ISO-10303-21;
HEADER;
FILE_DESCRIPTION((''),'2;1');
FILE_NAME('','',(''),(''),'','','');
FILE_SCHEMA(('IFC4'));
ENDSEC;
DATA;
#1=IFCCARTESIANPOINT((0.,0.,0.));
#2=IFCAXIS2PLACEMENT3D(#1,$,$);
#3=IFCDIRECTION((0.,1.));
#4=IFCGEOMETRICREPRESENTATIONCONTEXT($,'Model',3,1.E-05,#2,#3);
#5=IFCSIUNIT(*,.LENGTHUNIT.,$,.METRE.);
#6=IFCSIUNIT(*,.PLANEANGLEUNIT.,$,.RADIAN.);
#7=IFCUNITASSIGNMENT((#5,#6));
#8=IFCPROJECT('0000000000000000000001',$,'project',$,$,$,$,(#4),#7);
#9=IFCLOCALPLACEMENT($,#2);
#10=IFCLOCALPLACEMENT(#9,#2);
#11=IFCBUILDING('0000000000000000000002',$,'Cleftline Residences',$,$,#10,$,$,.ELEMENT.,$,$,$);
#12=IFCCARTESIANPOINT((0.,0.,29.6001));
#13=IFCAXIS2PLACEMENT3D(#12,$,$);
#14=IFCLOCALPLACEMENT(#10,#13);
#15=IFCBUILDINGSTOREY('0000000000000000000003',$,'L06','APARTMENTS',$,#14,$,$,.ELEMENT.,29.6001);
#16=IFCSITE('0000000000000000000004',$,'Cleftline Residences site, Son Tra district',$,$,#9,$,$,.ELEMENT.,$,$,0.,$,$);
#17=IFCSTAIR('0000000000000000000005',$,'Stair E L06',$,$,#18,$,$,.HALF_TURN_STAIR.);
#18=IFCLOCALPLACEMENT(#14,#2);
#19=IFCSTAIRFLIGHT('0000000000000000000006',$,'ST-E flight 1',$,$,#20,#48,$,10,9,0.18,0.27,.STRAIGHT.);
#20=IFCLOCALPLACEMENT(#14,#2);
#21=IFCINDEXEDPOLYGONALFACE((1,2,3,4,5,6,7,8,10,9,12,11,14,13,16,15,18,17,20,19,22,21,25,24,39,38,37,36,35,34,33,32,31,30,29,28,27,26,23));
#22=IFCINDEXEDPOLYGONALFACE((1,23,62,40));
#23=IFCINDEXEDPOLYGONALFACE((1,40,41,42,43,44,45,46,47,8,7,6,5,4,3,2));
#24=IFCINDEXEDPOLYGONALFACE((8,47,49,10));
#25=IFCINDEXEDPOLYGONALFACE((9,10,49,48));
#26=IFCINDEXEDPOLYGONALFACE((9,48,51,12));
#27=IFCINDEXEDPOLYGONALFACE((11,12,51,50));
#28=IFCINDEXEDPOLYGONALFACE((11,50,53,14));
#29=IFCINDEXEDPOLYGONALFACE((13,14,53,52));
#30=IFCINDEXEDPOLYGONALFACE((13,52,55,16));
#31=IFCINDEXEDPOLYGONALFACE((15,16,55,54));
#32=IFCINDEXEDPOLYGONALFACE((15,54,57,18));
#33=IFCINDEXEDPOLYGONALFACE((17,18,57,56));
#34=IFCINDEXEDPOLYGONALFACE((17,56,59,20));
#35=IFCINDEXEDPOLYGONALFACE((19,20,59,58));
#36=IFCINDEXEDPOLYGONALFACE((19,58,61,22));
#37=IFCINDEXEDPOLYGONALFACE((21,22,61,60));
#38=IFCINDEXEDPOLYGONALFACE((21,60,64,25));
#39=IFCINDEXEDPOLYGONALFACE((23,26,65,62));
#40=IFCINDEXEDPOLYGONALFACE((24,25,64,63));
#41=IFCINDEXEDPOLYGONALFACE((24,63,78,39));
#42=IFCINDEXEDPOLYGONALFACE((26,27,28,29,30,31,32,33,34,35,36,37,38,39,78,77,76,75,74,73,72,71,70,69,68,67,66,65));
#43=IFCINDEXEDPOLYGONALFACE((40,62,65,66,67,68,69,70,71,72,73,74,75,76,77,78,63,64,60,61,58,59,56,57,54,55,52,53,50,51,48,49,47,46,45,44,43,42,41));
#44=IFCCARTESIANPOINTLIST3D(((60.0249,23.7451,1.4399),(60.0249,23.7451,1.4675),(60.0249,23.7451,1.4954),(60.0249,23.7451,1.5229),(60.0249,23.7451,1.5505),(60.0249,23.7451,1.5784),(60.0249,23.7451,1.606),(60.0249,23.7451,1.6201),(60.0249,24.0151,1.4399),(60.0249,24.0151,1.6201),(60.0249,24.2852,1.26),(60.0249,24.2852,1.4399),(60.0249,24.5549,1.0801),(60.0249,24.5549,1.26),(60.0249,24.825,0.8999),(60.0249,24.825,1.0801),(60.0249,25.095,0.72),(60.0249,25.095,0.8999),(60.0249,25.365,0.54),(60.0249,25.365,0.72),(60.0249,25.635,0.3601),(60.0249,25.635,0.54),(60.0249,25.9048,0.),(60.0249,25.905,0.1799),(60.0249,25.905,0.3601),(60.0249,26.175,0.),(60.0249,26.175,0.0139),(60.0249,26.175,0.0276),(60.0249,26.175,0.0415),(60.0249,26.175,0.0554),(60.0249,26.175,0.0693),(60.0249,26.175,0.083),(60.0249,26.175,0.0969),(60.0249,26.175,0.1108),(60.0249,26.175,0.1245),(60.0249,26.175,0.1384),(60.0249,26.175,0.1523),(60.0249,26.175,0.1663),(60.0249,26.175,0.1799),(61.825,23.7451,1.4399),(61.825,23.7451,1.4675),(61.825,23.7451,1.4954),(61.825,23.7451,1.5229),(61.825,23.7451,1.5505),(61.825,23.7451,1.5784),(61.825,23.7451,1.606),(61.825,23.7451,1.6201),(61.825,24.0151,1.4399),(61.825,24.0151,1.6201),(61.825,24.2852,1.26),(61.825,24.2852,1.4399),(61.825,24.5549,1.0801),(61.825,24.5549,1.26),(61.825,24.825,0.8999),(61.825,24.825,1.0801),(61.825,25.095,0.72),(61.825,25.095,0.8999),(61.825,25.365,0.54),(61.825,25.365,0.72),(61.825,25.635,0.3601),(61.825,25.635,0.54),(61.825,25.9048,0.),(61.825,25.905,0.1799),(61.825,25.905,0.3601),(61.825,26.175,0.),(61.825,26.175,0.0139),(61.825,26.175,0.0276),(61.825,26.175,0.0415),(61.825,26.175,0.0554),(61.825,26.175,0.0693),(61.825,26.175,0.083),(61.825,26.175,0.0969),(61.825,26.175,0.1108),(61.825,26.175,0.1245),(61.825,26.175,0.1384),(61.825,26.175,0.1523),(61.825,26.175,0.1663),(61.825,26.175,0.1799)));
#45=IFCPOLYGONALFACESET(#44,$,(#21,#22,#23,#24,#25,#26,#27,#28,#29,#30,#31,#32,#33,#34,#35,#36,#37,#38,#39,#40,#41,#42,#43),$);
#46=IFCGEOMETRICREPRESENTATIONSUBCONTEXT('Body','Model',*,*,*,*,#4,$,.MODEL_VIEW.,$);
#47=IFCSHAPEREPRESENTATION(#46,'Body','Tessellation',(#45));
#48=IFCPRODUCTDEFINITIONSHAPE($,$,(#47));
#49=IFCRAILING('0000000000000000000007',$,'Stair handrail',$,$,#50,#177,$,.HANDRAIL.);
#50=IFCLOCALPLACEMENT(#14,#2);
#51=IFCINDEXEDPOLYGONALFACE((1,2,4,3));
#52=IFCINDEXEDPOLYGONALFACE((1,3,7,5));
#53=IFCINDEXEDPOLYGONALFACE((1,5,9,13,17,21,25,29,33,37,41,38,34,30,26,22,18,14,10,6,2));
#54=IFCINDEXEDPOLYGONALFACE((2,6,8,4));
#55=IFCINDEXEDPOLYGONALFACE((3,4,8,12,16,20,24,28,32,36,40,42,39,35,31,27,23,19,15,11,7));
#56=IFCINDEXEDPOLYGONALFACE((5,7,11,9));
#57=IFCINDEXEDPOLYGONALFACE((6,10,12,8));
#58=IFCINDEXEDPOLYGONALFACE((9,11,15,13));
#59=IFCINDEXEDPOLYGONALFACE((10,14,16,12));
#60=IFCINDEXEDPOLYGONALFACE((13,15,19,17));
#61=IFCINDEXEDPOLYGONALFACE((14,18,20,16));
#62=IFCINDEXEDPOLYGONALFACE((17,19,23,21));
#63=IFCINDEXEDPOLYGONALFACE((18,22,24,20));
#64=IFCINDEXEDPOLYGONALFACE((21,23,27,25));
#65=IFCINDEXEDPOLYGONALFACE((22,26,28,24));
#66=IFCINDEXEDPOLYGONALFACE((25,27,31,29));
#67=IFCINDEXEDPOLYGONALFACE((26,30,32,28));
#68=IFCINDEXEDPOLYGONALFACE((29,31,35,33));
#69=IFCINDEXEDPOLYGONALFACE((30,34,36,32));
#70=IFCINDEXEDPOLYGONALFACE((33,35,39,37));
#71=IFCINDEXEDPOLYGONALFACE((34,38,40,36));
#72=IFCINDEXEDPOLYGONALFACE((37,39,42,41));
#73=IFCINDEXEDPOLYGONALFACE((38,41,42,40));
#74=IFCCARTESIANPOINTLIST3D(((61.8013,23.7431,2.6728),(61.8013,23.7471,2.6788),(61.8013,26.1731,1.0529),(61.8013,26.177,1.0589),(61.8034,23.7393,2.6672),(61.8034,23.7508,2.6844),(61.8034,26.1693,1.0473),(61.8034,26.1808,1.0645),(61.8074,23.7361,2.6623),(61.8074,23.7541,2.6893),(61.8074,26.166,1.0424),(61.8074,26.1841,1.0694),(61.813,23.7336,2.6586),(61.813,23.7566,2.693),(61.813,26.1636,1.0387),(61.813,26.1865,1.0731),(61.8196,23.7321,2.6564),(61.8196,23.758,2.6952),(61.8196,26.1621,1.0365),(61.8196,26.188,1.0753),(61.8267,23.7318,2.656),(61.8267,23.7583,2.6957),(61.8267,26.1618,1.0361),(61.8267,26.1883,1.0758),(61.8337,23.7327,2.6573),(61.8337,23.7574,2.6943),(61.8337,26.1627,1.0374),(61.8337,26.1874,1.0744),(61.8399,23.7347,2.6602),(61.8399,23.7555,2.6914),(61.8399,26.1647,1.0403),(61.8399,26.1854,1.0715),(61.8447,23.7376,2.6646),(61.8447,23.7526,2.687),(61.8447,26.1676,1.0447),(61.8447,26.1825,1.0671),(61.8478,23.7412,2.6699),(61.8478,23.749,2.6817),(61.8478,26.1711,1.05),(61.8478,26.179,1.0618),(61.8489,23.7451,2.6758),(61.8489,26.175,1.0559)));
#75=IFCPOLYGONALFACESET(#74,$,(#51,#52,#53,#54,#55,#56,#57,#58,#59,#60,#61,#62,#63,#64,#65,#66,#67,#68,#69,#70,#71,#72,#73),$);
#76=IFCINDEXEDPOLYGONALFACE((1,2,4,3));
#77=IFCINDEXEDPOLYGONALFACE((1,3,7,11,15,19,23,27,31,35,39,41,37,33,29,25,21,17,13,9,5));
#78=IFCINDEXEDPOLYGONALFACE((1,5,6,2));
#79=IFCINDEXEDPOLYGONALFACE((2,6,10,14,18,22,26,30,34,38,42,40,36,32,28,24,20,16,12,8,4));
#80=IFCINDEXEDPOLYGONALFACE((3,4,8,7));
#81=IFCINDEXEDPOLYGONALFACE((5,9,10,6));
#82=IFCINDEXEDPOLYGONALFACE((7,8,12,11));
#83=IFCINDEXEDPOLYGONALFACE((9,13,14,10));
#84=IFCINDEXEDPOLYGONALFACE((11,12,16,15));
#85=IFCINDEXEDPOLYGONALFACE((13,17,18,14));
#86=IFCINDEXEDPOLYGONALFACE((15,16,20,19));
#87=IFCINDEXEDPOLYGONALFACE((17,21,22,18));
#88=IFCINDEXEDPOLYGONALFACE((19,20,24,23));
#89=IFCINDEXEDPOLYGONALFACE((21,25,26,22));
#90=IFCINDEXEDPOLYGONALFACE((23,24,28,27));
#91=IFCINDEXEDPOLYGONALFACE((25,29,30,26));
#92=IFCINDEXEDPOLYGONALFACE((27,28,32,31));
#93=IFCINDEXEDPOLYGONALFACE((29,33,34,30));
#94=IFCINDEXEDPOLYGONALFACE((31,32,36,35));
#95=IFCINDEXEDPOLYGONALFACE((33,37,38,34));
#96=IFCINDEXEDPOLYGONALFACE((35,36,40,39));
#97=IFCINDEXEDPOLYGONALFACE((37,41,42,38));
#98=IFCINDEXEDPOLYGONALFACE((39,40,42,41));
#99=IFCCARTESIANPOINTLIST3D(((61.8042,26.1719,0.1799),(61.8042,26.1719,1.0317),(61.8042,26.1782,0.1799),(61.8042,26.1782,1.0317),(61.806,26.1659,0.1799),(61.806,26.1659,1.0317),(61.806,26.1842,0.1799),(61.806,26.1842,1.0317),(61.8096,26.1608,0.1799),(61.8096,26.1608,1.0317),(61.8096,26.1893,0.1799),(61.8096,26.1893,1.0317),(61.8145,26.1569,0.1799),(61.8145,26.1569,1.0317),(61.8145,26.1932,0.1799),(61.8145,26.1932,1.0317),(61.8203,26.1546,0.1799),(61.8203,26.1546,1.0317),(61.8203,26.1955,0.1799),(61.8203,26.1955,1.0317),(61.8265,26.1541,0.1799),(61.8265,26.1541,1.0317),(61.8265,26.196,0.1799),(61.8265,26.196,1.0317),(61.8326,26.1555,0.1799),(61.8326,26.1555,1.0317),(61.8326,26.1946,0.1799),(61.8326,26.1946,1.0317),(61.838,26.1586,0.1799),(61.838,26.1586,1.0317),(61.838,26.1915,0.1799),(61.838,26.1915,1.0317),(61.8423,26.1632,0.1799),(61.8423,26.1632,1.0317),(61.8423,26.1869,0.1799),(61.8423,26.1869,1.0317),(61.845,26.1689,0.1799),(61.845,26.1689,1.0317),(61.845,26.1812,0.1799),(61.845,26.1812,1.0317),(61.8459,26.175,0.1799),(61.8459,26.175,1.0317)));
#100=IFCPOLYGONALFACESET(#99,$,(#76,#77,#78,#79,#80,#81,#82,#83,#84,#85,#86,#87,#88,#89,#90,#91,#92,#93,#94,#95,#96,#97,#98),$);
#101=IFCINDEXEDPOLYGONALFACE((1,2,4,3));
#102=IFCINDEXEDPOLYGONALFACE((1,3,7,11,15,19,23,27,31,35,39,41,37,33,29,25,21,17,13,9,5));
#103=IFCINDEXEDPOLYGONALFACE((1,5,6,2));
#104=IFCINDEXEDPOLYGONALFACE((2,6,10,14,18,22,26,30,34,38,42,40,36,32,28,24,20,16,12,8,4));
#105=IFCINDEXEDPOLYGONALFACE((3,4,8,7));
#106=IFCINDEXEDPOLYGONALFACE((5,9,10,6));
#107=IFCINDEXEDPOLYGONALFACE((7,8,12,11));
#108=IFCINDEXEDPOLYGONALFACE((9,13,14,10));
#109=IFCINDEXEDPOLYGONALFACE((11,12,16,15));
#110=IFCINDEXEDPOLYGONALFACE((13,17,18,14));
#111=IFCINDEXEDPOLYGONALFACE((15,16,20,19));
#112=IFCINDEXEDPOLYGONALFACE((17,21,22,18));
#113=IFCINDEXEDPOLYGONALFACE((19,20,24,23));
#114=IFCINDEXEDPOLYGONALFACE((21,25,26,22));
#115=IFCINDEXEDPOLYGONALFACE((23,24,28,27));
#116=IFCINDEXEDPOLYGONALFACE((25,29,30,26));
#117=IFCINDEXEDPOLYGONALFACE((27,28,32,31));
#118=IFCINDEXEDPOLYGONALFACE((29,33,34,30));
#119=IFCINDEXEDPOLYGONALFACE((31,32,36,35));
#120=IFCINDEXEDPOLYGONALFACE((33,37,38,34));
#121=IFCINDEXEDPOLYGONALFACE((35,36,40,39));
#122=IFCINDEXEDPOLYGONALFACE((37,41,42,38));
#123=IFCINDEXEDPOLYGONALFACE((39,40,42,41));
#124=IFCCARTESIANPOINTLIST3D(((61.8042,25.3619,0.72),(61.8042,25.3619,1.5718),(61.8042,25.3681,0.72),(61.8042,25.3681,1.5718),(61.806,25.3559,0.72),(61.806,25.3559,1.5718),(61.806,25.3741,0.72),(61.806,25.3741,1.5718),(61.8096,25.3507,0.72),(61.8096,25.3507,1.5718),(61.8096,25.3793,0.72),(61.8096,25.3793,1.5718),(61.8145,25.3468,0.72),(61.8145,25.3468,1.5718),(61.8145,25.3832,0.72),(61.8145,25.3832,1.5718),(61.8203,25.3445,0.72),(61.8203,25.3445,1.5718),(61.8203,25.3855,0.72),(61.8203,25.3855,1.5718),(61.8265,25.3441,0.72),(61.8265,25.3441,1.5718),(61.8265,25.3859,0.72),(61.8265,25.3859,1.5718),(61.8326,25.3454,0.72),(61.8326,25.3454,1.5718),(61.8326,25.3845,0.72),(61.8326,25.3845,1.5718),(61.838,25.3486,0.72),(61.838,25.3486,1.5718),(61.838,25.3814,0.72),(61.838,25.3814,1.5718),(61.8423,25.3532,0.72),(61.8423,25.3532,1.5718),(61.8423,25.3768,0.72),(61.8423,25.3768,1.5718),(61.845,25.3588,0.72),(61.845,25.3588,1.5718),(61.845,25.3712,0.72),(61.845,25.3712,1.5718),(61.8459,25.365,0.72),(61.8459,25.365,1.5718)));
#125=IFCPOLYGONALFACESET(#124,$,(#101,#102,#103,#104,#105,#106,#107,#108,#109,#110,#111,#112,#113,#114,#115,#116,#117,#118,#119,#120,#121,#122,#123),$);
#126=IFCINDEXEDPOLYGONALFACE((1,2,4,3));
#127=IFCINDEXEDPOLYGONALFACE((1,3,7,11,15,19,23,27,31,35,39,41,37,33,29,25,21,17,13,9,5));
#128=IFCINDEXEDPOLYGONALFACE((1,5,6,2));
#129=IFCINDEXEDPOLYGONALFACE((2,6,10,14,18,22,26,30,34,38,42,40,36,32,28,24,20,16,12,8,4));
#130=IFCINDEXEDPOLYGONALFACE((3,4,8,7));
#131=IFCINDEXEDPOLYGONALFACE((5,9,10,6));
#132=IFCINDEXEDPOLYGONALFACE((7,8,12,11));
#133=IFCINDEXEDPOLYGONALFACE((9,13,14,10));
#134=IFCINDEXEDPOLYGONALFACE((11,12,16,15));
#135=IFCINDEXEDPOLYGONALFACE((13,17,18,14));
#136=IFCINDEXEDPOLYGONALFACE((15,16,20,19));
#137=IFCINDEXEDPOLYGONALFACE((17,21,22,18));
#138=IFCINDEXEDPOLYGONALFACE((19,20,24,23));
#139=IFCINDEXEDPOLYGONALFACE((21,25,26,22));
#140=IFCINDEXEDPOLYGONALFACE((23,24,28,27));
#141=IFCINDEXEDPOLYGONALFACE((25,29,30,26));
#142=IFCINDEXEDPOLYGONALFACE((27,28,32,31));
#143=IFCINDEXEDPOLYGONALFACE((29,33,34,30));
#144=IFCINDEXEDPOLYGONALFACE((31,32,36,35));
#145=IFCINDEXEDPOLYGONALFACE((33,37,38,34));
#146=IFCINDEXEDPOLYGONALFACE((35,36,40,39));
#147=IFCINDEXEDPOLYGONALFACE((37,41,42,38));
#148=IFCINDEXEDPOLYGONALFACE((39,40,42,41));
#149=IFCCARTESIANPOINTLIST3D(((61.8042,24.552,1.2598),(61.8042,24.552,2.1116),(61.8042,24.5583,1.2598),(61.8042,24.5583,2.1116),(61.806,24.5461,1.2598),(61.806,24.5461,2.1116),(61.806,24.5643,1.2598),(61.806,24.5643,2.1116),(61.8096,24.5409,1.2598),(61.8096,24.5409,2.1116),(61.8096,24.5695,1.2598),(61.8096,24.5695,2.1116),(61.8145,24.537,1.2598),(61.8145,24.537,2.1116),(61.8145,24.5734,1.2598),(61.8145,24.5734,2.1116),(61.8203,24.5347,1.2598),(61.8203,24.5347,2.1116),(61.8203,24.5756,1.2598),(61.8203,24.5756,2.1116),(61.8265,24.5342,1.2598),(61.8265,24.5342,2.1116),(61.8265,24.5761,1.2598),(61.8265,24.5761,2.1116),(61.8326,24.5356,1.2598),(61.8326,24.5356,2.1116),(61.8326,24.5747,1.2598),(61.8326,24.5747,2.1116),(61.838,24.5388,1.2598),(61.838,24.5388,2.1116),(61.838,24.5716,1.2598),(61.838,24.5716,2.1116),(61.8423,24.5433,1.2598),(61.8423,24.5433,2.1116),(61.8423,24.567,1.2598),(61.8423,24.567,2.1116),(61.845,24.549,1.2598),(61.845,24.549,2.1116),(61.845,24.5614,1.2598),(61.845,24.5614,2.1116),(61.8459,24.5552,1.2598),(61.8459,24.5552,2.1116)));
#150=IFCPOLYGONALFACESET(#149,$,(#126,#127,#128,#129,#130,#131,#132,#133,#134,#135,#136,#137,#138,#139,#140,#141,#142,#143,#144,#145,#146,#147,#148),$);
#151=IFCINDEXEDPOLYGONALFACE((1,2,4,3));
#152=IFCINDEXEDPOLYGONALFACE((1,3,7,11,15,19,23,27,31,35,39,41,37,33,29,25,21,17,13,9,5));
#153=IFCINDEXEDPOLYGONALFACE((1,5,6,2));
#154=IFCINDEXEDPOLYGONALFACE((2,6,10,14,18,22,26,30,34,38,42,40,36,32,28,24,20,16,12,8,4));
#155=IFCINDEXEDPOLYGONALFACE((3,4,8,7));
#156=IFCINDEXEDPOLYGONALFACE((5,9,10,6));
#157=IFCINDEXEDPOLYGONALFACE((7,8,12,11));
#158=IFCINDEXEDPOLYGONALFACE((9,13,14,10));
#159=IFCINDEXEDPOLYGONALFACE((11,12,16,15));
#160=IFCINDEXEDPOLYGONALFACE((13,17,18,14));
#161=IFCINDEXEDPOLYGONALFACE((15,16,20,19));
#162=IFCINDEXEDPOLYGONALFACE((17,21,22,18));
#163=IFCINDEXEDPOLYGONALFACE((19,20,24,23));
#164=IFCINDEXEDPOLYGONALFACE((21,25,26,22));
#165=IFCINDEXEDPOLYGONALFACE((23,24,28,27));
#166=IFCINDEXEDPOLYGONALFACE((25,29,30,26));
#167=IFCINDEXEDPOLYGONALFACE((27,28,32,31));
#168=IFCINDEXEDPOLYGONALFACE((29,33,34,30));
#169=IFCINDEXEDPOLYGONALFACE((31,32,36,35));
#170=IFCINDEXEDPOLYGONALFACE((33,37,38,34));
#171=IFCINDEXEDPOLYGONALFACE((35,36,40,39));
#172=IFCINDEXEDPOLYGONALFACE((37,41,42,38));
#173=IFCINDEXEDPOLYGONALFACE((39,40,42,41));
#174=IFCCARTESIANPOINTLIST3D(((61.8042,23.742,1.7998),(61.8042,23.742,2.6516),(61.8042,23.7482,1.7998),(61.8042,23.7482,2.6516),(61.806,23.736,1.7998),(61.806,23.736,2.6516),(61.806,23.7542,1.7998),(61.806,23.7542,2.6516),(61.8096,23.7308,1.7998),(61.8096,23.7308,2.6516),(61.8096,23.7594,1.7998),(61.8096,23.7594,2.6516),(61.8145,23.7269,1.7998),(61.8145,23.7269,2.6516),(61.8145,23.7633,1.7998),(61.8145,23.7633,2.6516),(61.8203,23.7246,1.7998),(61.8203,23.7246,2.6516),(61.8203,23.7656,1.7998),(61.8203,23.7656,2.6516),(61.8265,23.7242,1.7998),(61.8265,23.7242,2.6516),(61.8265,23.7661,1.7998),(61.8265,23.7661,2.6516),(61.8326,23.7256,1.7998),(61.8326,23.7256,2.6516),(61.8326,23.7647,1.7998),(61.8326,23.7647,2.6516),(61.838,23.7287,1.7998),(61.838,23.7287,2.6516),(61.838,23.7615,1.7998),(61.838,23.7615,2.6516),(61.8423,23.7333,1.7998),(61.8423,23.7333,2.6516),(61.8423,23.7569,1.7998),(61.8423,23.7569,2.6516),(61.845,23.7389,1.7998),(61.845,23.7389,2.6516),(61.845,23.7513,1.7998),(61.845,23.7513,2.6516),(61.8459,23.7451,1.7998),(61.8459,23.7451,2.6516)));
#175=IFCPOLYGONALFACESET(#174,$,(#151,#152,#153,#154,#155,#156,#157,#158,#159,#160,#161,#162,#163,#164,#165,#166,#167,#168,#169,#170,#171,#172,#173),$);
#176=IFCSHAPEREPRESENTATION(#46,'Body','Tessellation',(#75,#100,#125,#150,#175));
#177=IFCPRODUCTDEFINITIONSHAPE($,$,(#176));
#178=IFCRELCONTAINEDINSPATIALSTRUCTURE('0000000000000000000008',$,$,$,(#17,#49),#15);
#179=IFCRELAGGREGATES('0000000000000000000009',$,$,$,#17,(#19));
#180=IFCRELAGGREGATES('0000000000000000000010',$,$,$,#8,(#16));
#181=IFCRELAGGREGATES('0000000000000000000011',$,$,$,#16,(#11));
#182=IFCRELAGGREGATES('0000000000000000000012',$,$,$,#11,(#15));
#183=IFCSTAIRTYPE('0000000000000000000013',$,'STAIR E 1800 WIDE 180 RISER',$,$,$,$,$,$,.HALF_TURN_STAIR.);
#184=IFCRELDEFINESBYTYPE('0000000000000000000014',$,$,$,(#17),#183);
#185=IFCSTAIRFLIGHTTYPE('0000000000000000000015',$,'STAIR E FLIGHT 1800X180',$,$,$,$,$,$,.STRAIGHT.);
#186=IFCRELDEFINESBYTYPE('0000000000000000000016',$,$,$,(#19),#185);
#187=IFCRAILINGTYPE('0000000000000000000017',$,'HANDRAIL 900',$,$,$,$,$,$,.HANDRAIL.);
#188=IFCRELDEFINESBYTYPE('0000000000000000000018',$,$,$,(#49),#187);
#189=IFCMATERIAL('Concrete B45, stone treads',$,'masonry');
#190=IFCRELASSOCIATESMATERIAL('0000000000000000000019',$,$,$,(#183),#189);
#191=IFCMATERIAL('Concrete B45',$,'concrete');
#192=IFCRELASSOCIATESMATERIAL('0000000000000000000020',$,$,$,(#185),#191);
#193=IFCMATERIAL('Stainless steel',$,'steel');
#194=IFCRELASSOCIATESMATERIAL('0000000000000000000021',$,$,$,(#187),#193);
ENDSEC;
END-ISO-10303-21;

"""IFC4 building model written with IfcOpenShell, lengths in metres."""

from ifc_helpers import new_model, si_unit, direction, frame, origin, origin_2d, place, context, subcontext, project, spatial, polyline, circle, outline, extrude, material, type_object, element, aggregate, save


model = new_model("IFC4")

# Units and contexts
model_context = context("Model", 3, precision=1e-05, world=origin(), true_north=direction((0.0, 1.0)))
body_context = subcontext(model_context, "Body", "Model", "MODEL_VIEW")
ifc_project = project(units=[si_unit("LENGTHUNIT", "METRE"), si_unit("PLANEANGLEUNIT", "RADIAN")], contexts=[model_context])

# Site, building, storey
site_placement = place(None, origin())
site = spatial("IfcSite", under=ifc_project, at=site_placement, Name="Cleftline Residences site, Son Tra district", CompositionType="ELEMENT", RefElevation=0.0)
building_placement = place(site_placement, origin())
building = spatial("IfcBuilding", under=site, at=building_placement, Name="Cleftline Residences", CompositionType="ELEMENT")
storey_placement = place(building_placement, frame((0.0, 0.0, 29.6001)))
storey = spatial("IfcBuildingStorey", under=building, at=storey_placement, Name="L06", Description="APARTMENTS", CompositionType="ELEMENT", Elevation=29.6001)

# Stair, stair flight
ifc_material_1 = material(Name="Concrete B45, stone treads", Category="masonry")
stair_type = type_object("IfcStairType", Name="STAIR E 1800 WIDE 180 RISER", PredefinedType="HALF_TURN_STAIR", material=ifc_material_1)
stair_placement = place(storey_placement, origin())
stair = element("IfcStair", 1, at=stair_placement, inside=storey, type_object=stair_type, Name="Stair E L06", PredefinedType="HALF_TURN_STAIR")
ifc_material_2 = material(Name="Concrete B45", Category="concrete")
stair_flight_type = type_object("IfcStairFlightType", Name="STAIR E FLIGHT 1800X180", PredefinedType="STRAIGHT", material=ifc_material_2)
stair_flight_placement = place(storey_placement, frame((60.925, 26.175, 0.0), z_axis=(0.0, 0.0, 1.0), x_axis=(0.0, -1.0, 0.0)))
stair_flight = element("IfcStairFlight", 2, at=stair_flight_placement, type_object=stair_flight_type, Name="ST-E flight 1", NumberOfRisers=10, NumberOfTreads=9, PredefinedType="STRAIGHT", RiserHeight=0.18, TreadLength=0.27, context=body_context, shape_type="SweptSolid", body=[
    extrude(outline(polyline([(0.0, 0.0), (0.0, 0.0139), (0.0, 0.0276), (0.0, 0.0415), (0.0, 0.0554), (0.0, 0.0693), (0.0, 0.083), (0.0, 0.0969), (0.0, 0.1108), (0.0, 0.1245), (0.0, 0.1384), (0.0, 0.1523), (0.0, 0.1663), (0.0, 0.1799), (0.27, 0.1799), (0.27, 0.3601), (0.54, 0.3601), (0.54, 0.54), (0.8101, 0.54), (0.8101, 0.72), (1.0801, 0.72), (1.0801, 0.8999), (1.3501, 0.8999), (1.3501, 1.0801), (1.6201, 1.0801), (1.6201, 1.26), (1.8899, 1.26), (1.8899, 1.4399), (2.1599, 1.4399), (2.1599, 1.6201), (2.4299, 1.6201), (2.4299, 1.8), (2.4299, 1.7722), (2.4299, 1.7446), (2.4299, 1.7168), (2.4299, 1.6892), (2.4299, 1.6614), (2.4299, 1.6338), (2.4299, 1.606), (2.4299, 1.5784), (2.4299, 1.5505), (2.4299, 1.5229), (2.4299, 1.4954), (2.4299, 1.4675), (2.4299, 1.4399), (0.2703, 0.0), (0.0, 0.0)])), frame((0.0, 0.8999, 0.0), z_axis=(0.0, -1.0, 0.0), x_axis=(1.0, 0.0, 0.0)), (0.0, 0.0, 1.0), 1.8),
])
aggregate(stair, [stair_flight])

# Railing
ifc_material_3 = material(Name="Stainless steel", Category="steel")
railing_type = type_object("IfcRailingType", Name="HANDRAIL 900", PredefinedType="HANDRAIL", material=ifc_material_3)
railing_placement = place(storey_placement, frame((61.825, 26.175, 0.1799)))
element("IfcRailing", 3, at=railing_placement, inside=storey, type_object=railing_type, Name="Stair handrail", PredefinedType="HANDRAIL", context=body_context, shape_type="SweptSolid", body=[
    extrude(circle(Radius=0.0239, at=origin_2d()), frame((0.0, 0.0, 0.876), z_axis=(0.0, -0.832063, 0.554681), x_axis=(1.0, 0.0, 0.0)), (0.0, 0.0, 1.0), 2.9204),
    extrude(circle(Radius=0.021, at=origin_2d()), origin(), (0.0, 0.0, 1.0), 0.8518),
    extrude(circle(Radius=0.021, at=origin_2d()), frame((0.0, -0.8101, 0.54)), (0.0, 0.0, 1.0), 0.8518),
    extrude(circle(Radius=0.021, at=origin_2d()), frame((0.0, -1.6199, 1.0798)), (0.0, 0.0, 1.0), 0.8518),
    extrude(circle(Radius=0.021, at=origin_2d()), frame((0.0, -2.4299, 1.6199)), (0.0, 0.0, 1.0), 0.8518),
])

save(model, "model.ifc")
